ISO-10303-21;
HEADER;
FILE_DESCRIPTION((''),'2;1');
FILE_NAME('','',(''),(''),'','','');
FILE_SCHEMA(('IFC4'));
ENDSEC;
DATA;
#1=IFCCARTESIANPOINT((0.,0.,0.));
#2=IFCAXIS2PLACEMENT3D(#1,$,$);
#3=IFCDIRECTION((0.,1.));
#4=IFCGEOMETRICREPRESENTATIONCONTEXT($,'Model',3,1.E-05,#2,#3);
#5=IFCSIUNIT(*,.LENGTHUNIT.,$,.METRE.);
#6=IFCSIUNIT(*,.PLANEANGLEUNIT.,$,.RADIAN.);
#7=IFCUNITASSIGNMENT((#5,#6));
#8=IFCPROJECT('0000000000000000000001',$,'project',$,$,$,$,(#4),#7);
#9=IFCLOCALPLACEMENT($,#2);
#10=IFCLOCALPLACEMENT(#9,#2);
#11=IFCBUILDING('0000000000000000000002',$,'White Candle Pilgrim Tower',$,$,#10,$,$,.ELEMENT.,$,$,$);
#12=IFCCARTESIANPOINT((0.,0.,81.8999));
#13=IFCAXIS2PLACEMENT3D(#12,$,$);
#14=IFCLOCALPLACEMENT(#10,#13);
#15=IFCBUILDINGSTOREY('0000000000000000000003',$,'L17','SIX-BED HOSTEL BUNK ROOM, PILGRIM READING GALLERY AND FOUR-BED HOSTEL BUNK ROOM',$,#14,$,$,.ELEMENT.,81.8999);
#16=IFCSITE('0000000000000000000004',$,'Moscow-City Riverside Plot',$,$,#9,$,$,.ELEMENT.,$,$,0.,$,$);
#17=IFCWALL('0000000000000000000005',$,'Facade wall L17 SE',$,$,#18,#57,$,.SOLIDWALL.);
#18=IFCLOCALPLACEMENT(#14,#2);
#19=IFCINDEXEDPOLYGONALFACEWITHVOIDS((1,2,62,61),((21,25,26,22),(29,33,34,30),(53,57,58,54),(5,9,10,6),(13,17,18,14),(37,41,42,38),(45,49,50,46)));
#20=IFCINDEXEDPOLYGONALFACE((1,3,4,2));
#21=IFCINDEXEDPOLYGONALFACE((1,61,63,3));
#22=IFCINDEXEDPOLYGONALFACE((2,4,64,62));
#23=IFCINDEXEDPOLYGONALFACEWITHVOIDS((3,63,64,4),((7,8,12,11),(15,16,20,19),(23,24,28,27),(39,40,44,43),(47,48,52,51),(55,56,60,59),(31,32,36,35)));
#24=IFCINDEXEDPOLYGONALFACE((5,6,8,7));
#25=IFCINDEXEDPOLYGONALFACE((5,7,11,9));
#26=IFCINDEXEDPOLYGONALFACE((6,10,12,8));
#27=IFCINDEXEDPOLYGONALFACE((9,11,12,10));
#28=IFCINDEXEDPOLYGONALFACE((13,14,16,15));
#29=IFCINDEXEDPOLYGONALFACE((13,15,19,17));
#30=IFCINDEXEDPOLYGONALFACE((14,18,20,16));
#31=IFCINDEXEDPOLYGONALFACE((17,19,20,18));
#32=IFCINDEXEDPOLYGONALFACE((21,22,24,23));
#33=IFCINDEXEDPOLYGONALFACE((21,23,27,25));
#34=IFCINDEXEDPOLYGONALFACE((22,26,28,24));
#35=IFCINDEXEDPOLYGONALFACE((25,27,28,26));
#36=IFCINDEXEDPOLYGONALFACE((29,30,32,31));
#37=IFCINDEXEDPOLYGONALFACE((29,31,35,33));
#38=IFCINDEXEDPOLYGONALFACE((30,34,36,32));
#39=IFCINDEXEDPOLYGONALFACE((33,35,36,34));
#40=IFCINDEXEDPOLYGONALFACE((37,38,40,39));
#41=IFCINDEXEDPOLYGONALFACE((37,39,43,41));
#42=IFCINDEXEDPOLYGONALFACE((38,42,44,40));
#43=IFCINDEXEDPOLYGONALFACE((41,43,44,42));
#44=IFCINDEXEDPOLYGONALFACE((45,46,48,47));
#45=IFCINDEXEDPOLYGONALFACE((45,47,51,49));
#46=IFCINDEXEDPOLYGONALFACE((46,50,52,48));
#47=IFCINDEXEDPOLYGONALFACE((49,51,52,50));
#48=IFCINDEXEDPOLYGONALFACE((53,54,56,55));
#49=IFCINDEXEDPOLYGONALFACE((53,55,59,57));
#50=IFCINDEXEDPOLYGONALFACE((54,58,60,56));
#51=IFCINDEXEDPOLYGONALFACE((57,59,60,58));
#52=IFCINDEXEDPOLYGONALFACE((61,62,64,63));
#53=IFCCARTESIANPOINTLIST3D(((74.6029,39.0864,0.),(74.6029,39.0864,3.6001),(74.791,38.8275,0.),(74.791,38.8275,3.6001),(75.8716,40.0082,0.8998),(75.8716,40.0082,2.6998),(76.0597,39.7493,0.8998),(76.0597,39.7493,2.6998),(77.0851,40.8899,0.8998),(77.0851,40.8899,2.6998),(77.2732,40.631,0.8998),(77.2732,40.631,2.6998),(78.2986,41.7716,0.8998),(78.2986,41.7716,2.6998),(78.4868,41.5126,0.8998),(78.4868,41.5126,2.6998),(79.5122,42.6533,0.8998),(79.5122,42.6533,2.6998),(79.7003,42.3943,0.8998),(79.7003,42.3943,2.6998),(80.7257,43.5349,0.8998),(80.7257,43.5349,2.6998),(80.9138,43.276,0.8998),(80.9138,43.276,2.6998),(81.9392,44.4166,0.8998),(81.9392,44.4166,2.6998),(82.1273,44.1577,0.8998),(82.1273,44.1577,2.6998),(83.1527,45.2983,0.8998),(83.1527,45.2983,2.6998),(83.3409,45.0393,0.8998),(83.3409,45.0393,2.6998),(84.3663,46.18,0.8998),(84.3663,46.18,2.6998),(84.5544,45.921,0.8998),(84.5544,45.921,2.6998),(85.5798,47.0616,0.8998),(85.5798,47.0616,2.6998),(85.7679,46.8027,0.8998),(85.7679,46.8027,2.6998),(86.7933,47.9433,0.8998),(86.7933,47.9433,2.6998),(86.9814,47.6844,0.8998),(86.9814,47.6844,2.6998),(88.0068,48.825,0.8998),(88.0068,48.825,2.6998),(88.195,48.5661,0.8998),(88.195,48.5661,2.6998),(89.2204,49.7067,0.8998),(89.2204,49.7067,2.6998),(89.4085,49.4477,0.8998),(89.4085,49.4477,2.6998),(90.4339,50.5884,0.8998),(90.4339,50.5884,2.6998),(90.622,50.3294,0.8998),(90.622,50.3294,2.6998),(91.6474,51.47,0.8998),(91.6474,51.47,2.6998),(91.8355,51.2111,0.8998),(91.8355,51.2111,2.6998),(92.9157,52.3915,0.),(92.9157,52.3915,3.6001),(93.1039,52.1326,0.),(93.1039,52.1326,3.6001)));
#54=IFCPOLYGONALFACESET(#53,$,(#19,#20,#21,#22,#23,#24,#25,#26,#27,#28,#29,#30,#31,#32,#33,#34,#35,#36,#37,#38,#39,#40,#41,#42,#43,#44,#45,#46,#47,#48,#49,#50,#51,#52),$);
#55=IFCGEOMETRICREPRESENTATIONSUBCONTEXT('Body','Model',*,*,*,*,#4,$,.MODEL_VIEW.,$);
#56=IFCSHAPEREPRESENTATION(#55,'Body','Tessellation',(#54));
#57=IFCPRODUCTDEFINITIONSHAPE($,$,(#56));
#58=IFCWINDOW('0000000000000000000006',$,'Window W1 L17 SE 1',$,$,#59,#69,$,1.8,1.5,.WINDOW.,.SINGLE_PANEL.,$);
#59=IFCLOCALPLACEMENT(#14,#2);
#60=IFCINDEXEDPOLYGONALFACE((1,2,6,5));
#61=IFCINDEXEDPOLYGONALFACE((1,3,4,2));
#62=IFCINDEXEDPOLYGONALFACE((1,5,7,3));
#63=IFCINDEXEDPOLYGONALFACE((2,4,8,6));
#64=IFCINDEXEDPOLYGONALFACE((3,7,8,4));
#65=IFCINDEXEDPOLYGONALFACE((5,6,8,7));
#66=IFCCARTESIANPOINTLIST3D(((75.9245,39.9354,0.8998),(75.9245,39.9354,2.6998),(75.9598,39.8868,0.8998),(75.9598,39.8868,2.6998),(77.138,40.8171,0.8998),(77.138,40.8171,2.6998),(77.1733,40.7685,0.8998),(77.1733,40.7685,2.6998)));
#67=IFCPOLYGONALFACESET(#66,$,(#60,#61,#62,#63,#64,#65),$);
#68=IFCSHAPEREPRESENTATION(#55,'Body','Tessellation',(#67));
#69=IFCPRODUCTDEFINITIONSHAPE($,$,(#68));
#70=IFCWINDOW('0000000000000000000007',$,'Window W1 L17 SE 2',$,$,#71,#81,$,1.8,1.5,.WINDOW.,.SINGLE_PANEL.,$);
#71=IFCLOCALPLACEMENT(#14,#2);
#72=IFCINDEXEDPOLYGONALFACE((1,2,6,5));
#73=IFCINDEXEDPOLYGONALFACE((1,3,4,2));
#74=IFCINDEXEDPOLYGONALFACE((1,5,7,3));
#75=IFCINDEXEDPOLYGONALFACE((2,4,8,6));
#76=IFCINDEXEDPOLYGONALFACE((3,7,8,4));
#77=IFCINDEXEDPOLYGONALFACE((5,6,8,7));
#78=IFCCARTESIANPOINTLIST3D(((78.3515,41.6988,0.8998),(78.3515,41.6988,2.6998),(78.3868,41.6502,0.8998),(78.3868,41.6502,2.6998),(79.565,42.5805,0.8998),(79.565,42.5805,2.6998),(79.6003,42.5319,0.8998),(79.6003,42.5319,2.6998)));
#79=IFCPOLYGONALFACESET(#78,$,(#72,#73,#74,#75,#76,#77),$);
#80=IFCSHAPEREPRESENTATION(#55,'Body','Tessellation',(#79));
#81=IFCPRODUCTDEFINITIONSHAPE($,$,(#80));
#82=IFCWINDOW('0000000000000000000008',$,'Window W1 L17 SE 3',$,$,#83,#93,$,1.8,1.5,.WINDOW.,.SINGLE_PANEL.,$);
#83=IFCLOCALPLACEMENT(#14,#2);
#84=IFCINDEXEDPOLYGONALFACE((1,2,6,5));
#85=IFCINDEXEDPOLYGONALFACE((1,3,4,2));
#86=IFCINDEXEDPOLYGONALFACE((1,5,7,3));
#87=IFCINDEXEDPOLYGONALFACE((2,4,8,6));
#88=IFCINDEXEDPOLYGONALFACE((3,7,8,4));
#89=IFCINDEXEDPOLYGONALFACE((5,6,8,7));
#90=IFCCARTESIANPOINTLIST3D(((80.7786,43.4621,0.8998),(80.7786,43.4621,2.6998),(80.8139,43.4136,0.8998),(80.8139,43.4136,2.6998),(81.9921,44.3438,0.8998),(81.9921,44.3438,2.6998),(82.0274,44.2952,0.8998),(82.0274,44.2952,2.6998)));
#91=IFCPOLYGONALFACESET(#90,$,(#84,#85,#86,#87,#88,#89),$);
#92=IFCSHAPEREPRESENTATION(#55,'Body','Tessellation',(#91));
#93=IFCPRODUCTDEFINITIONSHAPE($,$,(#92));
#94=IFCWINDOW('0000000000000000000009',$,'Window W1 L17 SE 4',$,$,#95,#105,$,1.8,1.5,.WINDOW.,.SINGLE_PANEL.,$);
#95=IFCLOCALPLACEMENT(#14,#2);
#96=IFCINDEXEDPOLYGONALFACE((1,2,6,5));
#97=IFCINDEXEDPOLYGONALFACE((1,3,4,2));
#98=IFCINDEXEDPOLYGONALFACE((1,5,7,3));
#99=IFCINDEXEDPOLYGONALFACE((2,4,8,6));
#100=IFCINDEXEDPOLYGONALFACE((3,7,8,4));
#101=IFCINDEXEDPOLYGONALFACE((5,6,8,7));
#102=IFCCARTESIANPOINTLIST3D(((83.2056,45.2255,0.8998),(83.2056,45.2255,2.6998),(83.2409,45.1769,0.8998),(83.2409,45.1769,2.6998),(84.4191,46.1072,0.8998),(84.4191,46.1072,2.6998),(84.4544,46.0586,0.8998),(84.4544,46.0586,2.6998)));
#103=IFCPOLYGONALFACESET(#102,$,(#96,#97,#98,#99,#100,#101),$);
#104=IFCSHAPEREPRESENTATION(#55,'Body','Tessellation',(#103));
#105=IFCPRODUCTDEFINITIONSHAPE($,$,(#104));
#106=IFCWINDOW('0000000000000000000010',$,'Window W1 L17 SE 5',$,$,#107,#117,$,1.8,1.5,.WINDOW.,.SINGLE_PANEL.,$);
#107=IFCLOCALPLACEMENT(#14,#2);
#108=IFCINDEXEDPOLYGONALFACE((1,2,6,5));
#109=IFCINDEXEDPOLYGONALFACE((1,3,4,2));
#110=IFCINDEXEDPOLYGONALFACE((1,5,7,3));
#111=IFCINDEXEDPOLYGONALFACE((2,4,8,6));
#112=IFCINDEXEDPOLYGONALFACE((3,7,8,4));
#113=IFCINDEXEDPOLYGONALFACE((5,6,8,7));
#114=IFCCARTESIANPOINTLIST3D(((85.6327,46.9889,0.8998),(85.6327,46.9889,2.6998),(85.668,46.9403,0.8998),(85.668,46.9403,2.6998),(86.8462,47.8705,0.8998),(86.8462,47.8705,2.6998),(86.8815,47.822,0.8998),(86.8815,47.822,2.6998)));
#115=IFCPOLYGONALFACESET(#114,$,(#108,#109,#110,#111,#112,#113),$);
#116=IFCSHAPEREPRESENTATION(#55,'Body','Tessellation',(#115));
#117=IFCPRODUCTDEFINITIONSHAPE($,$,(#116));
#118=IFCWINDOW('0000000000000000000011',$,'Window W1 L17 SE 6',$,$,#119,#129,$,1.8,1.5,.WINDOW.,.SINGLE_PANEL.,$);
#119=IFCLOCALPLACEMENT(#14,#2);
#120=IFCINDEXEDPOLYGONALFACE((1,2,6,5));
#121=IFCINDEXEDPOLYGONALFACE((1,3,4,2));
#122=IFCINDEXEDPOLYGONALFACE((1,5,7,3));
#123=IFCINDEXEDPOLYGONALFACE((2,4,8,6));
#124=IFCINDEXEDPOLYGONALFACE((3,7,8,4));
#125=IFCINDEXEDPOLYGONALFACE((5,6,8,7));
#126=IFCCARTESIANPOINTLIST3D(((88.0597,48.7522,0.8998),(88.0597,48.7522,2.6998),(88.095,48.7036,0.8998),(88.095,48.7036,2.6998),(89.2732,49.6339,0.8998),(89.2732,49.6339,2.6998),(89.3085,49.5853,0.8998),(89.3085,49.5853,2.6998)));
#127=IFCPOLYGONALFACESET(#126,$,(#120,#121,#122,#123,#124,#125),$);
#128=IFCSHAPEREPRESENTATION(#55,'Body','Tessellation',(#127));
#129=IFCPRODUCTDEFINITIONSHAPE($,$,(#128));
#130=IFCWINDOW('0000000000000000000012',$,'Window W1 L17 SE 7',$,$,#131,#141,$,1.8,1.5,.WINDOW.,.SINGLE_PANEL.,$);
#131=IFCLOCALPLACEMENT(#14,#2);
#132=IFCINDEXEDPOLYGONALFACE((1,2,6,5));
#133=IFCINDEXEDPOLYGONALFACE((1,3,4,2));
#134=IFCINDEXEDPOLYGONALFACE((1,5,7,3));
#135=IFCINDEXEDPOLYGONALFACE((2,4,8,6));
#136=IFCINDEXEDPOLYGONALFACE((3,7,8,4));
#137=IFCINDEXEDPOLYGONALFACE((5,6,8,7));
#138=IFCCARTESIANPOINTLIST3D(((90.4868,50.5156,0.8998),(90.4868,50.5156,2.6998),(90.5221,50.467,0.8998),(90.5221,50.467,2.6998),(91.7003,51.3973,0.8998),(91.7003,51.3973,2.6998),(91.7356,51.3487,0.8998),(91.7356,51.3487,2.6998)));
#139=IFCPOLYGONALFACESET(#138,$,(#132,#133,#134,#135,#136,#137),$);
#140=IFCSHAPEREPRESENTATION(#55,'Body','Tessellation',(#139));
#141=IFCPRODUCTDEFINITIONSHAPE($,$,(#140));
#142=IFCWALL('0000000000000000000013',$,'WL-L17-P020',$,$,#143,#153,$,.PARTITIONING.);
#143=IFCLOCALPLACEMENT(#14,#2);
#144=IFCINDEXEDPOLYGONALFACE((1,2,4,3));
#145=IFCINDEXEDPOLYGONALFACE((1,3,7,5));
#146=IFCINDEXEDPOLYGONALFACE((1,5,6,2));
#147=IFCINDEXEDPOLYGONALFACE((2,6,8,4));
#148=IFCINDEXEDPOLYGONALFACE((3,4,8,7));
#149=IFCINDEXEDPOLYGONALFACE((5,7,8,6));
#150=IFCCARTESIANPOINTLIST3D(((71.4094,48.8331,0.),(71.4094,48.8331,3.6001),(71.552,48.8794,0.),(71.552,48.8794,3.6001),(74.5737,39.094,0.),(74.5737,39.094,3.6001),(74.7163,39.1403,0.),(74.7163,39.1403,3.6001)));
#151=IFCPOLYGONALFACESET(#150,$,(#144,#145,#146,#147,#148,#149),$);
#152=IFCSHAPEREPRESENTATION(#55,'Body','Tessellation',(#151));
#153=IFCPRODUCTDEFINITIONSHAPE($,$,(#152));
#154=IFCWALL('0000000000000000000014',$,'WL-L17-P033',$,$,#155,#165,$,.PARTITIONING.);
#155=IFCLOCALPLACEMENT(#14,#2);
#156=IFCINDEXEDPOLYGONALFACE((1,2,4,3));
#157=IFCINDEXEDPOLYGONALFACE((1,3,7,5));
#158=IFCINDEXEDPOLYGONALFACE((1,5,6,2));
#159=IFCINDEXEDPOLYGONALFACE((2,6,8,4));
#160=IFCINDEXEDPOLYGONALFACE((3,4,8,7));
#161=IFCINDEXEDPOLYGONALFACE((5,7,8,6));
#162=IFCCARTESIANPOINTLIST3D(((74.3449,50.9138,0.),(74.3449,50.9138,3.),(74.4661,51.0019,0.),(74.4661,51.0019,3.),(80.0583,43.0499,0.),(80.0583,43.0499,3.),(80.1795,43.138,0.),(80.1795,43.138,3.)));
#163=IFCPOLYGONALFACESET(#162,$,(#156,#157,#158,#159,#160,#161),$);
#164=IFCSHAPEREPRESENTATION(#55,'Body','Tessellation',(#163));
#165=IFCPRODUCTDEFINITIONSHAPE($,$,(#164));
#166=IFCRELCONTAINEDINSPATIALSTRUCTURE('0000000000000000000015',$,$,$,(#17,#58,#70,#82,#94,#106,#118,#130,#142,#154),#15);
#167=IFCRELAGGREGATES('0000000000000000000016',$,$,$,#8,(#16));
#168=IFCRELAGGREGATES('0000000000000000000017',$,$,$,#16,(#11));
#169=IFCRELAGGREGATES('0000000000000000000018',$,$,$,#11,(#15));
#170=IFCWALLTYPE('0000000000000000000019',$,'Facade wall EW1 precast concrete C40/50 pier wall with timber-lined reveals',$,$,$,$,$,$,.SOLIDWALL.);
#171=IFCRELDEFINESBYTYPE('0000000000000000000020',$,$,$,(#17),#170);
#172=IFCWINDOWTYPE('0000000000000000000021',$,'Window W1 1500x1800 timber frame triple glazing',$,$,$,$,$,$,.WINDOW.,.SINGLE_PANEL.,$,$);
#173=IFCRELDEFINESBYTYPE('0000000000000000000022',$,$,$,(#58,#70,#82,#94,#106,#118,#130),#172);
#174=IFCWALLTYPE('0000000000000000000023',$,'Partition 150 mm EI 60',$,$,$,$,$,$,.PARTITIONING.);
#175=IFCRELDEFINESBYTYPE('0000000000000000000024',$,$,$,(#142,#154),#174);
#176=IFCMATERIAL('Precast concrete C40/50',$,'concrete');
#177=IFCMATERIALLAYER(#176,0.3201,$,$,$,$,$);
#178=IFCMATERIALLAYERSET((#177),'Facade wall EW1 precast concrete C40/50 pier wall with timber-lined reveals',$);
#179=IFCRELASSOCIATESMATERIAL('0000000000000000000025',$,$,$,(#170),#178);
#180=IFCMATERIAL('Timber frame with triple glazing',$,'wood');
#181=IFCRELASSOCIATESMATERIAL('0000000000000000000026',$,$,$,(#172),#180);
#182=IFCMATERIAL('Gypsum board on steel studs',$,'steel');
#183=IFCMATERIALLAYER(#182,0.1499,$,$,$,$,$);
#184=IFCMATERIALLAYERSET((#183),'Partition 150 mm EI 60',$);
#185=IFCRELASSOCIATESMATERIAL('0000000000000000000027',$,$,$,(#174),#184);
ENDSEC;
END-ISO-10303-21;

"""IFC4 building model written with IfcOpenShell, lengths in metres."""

from ifc_helpers import new_model, si_unit, direction, frame, frame_2d, origin, place, context, subcontext, project, spatial, rectangle, extrude, material, layer, layer_set, type_object, element, fill, save


model = new_model("IFC4")

# Units and contexts
model_context = context("Model", 3, precision=1e-05, world=origin(), true_north=direction((0.0, 1.0)))
body_context = subcontext(model_context, "Body", "Model", "MODEL_VIEW")
ifc_project = project(units=[si_unit("LENGTHUNIT", "METRE"), si_unit("PLANEANGLEUNIT", "RADIAN")], contexts=[model_context])

# Site, building, storey
site_placement = place(None, origin())
site = spatial("IfcSite", under=ifc_project, at=site_placement, Name="Moscow-City Riverside Plot", CompositionType="ELEMENT", RefElevation=0.0)
building_placement = place(site_placement, origin())
building = spatial("IfcBuilding", under=site, at=building_placement, Name="White Candle Pilgrim Tower", CompositionType="ELEMENT")
storey_placement = place(building_placement, frame((0.0, 0.0, 81.8999)))
storey = spatial("IfcBuildingStorey", under=building, at=storey_placement, Name="L17", Description="SIX-BED HOSTEL BUNK ROOM, PILGRIM READING GALLERY AND FOUR-BED HOSTEL BUNK ROOM", CompositionType="ELEMENT", Elevation=81.8999)

# Wall, openings, windows
ifc_material_1 = material(Name="Precast concrete C40/50", Category="concrete")
ifc_layer_1 = layer(ifc_material_1, 0.3201)
ifc_layer_set_1 = layer_set([ifc_layer_1], Name="Facade wall EW1 precast concrete C40/50 pier wall with timber-lined reveals")
wall_type_1 = type_object("IfcWallType", Name="Facade wall EW1 precast concrete C40/50 pier wall with timber-lined reveals", PredefinedType="SOLIDWALL", material=ifc_layer_set_1)
wall_1_placement = place(storey_placement, frame((74.697, 38.957, 0.0), z_axis=(0.0, 0.0, 1.0), x_axis=(0.809017, 0.587786, 0.0)))
wall_1 = element("IfcWall", 1, at=wall_1_placement, inside=storey, type_object=wall_type_1, Name="Facade wall L17 SE", PredefinedType="SOLIDWALL", context=body_context, shape_type="SweptSolid", body=[
    extrude(rectangle(XDim=22.636, YDim=0.3201, at=frame_2d((11.3179, 0.0))), origin(), (0.0, 0.0, 1.0), 3.6001),
])
opening_1_placement = place(wall_1_placement, frame((1.5681, 0.0, 0.8999)))
opening_1 = element("IfcOpeningElement", 2, at=opening_1_placement, cuts=wall_1, PredefinedType="OPENING", context=body_context, shape_type="SweptSolid", body=[
    extrude(rectangle(XDim=1.5, YDim=1.8, at=frame_2d((0.75, 0.8999))), frame((0.0, 0.1699, 0.0), z_axis=(0.0, -1.0, 0.0), x_axis=(1.0, 0.0, 0.0)), (0.0, 0.0, 1.0), 0.3401),
])
opening_2_placement = place(wall_1_placement, frame((4.5681, 0.0, 0.8999)))
opening_2 = element("IfcOpeningElement", 3, at=opening_2_placement, cuts=wall_1, PredefinedType="OPENING", context=body_context, shape_type="SweptSolid", body=[
    extrude(rectangle(XDim=1.5, YDim=1.8, at=frame_2d((0.75, 0.8999))), frame((0.0, 0.1699, 0.0), z_axis=(0.0, -1.0, 0.0), x_axis=(1.0, 0.0, 0.0)), (0.0, 0.0, 1.0), 0.3401),
])
opening_3_placement = place(wall_1_placement, frame((7.5681, 0.0, 0.8999)))
opening_3 = element("IfcOpeningElement", 4, at=opening_3_placement, cuts=wall_1, PredefinedType="OPENING", context=body_context, shape_type="SweptSolid", body=[
    extrude(rectangle(XDim=1.5, YDim=1.8, at=frame_2d((0.75, 0.8999))), frame((0.0, 0.1699, 0.0), z_axis=(0.0, -1.0, 0.0), x_axis=(1.0, 0.0, 0.0)), (0.0, 0.0, 1.0), 0.3401),
])
opening_4_placement = place(wall_1_placement, frame((10.5681, 0.0, 0.8999)))
opening_4 = element("IfcOpeningElement", 5, at=opening_4_placement, cuts=wall_1, PredefinedType="OPENING", context=body_context, shape_type="SweptSolid", body=[
    extrude(rectangle(XDim=1.5, YDim=1.8, at=frame_2d((0.75, 0.8999))), frame((0.0, 0.1699, 0.0), z_axis=(0.0, -1.0, 0.0), x_axis=(1.0, 0.0, 0.0)), (0.0, 0.0, 1.0), 0.3401),
])
opening_5_placement = place(wall_1_placement, frame((13.5681, 0.0, 0.8999)))
opening_5 = element("IfcOpeningElement", 6, at=opening_5_placement, cuts=wall_1, PredefinedType="OPENING", context=body_context, shape_type="SweptSolid", body=[
    extrude(rectangle(XDim=1.5, YDim=1.8, at=frame_2d((0.75, 0.8999))), frame((0.0, 0.1699, 0.0), z_axis=(0.0, -1.0, 0.0), x_axis=(1.0, 0.0, 0.0)), (0.0, 0.0, 1.0), 0.3401),
])
opening_6_placement = place(wall_1_placement, frame((16.5681, 0.0, 0.8999)))
opening_6 = element("IfcOpeningElement", 7, at=opening_6_placement, cuts=wall_1, PredefinedType="OPENING", context=body_context, shape_type="SweptSolid", body=[
    extrude(rectangle(XDim=1.5, YDim=1.8, at=frame_2d((0.75, 0.8999))), frame((0.0, 0.1699, 0.0), z_axis=(0.0, -1.0, 0.0), x_axis=(1.0, 0.0, 0.0)), (0.0, 0.0, 1.0), 0.3401),
])
opening_7_placement = place(wall_1_placement, frame((19.5681, 0.0, 0.8999)))
opening_7 = element("IfcOpeningElement", 8, at=opening_7_placement, cuts=wall_1, PredefinedType="OPENING", context=body_context, shape_type="SweptSolid", body=[
    extrude(rectangle(XDim=1.5, YDim=1.8, at=frame_2d((0.75, 0.8999))), frame((0.0, 0.1699, 0.0), z_axis=(0.0, -1.0, 0.0), x_axis=(1.0, 0.0, 0.0)), (0.0, 0.0, 1.0), 0.3401),
])
ifc_material_2 = material(Name="Timber frame with triple glazing", Category="wood")
window_type = type_object("IfcWindowType", Name="Window W1 1500x1800 timber frame triple glazing", PartitioningType="SINGLE_PANEL", PredefinedType="WINDOW", material=ifc_material_2)
window_1_placement = place(opening_1_placement, origin())
window_1 = element("IfcWindow", 9, at=window_1_placement, inside=storey, type_object=window_type, Name="Window W1 L17 SE 1", OverallHeight=1.8, OverallWidth=1.5, PartitioningType="SINGLE_PANEL", PredefinedType="WINDOW", context=body_context, shape_type="SweptSolid", body=[
    extrude(rectangle(XDim=1.5, YDim=1.8, at=frame_2d((0.75, 0.8999))), frame((0.0, 0.0701, 0.0), z_axis=(0.0, -1.0, 0.0), x_axis=(1.0, 0.0, 0.0)), (0.0, 0.0, 1.0), 0.0601),
])
fill(opening_1, window_1)
window_2_placement = place(opening_2_placement, origin())
window_2 = element("IfcWindow", 10, at=window_2_placement, inside=storey, type_object=window_type, Name="Window W1 L17 SE 2", OverallHeight=1.8, OverallWidth=1.5, PartitioningType="SINGLE_PANEL", PredefinedType="WINDOW", context=body_context, shape_type="SweptSolid", body=[
    extrude(rectangle(XDim=1.5, YDim=1.8, at=frame_2d((0.75, 0.8999))), frame((0.0, 0.0701, 0.0), z_axis=(0.0, -1.0, 0.0), x_axis=(1.0, 0.0, 0.0)), (0.0, 0.0, 1.0), 0.0601),
])
fill(opening_2, window_2)
window_3_placement = place(opening_3_placement, origin())
window_3 = element("IfcWindow", 11, at=window_3_placement, inside=storey, type_object=window_type, Name="Window W1 L17 SE 3", OverallHeight=1.8, OverallWidth=1.5, PartitioningType="SINGLE_PANEL", PredefinedType="WINDOW", context=body_context, shape_type="SweptSolid", body=[
    extrude(rectangle(XDim=1.5, YDim=1.8, at=frame_2d((0.75, 0.8999))), frame((0.0, 0.0701, 0.0), z_axis=(0.0, -1.0, 0.0), x_axis=(1.0, 0.0, 0.0)), (0.0, 0.0, 1.0), 0.0601),
])
fill(opening_3, window_3)
window_4_placement = place(opening_4_placement, origin())
window_4 = element("IfcWindow", 12, at=window_4_placement, inside=storey, type_object=window_type, Name="Window W1 L17 SE 4", OverallHeight=1.8, OverallWidth=1.5, PartitioningType="SINGLE_PANEL", PredefinedType="WINDOW", context=body_context, shape_type="SweptSolid", body=[
    extrude(rectangle(XDim=1.5, YDim=1.8, at=frame_2d((0.75, 0.8999))), frame((0.0, 0.0701, 0.0), z_axis=(0.0, -1.0, 0.0), x_axis=(1.0, 0.0, 0.0)), (0.0, 0.0, 1.0), 0.0601),
])
fill(opening_4, window_4)
window_5_placement = place(opening_5_placement, origin())
window_5 = element("IfcWindow", 13, at=window_5_placement, inside=storey, type_object=window_type, Name="Window W1 L17 SE 5", OverallHeight=1.8, OverallWidth=1.5, PartitioningType="SINGLE_PANEL", PredefinedType="WINDOW", context=body_context, shape_type="SweptSolid", body=[
    extrude(rectangle(XDim=1.5, YDim=1.8, at=frame_2d((0.75, 0.8999))), frame((0.0, 0.0701, 0.0), z_axis=(0.0, -1.0, 0.0), x_axis=(1.0, 0.0, 0.0)), (0.0, 0.0, 1.0), 0.0601),
])
fill(opening_5, window_5)
window_6_placement = place(opening_6_placement, origin())
window_6 = element("IfcWindow", 14, at=window_6_placement, inside=storey, type_object=window_type, Name="Window W1 L17 SE 6", OverallHeight=1.8, OverallWidth=1.5, PartitioningType="SINGLE_PANEL", PredefinedType="WINDOW", context=body_context, shape_type="SweptSolid", body=[
    extrude(rectangle(XDim=1.5, YDim=1.8, at=frame_2d((0.75, 0.8999))), frame((0.0, 0.0701, 0.0), z_axis=(0.0, -1.0, 0.0), x_axis=(1.0, 0.0, 0.0)), (0.0, 0.0, 1.0), 0.0601),
])
fill(opening_6, window_6)
window_7_placement = place(opening_7_placement, origin())
window_7 = element("IfcWindow", 15, at=window_7_placement, inside=storey, type_object=window_type, Name="Window W1 L17 SE 7", OverallHeight=1.8, OverallWidth=1.5, PartitioningType="SINGLE_PANEL", PredefinedType="WINDOW", context=body_context, shape_type="SweptSolid", body=[
    extrude(rectangle(XDim=1.5, YDim=1.8, at=frame_2d((0.75, 0.8999))), frame((0.0, 0.0701, 0.0), z_axis=(0.0, -1.0, 0.0), x_axis=(1.0, 0.0, 0.0)), (0.0, 0.0, 1.0), 0.0601),
])
fill(opening_7, window_7)

# Walls
ifc_material_3 = material(Name="Gypsum board on steel studs", Category="steel")
ifc_layer_2 = layer(ifc_material_3, 0.1499)
ifc_layer_set_2 = layer_set([ifc_layer_2], Name="Partition 150 mm EI 60")
wall_type_2 = type_object("IfcWallType", Name="Partition 150 mm EI 60", PredefinedType="PARTITIONING", material=ifc_layer_set_2)
wall_2_placement = place(storey_placement, frame((74.645, 39.1172, 0.0), z_axis=(0.0, 0.0, 1.0), x_axis=(-0.309009, 0.951059, 0.0)))
element("IfcWall", 16, at=wall_2_placement, inside=storey, type_object=wall_type_2, Name="WL-L17-P020", PredefinedType="PARTITIONING", context=body_context, shape_type="SweptSolid", body=[
    extrude(rectangle(XDim=10.2402, YDim=0.1499, at=frame_2d((5.1201, 0.0))), origin(), (0.0, 0.0, 1.0), 3.6001),
])
wall_3_placement = place(storey_placement, frame((80.1189, 43.094, 0.0), z_axis=(0.0, 0.0, 1.0), x_axis=(-0.587786, 0.809016, 0.0)))
element("IfcWall", 17, at=wall_3_placement, inside=storey, type_object=wall_type_2, Name="WL-L17-P033", PredefinedType="PARTITIONING", context=body_context, shape_type="SweptSolid", body=[
    extrude(rectangle(XDim=9.7202, YDim=0.1499, at=frame_2d((4.8601, 0.0))), origin(), (0.0, 0.0, 1.0), 3.0),
])

save(model, "model.ifc")
